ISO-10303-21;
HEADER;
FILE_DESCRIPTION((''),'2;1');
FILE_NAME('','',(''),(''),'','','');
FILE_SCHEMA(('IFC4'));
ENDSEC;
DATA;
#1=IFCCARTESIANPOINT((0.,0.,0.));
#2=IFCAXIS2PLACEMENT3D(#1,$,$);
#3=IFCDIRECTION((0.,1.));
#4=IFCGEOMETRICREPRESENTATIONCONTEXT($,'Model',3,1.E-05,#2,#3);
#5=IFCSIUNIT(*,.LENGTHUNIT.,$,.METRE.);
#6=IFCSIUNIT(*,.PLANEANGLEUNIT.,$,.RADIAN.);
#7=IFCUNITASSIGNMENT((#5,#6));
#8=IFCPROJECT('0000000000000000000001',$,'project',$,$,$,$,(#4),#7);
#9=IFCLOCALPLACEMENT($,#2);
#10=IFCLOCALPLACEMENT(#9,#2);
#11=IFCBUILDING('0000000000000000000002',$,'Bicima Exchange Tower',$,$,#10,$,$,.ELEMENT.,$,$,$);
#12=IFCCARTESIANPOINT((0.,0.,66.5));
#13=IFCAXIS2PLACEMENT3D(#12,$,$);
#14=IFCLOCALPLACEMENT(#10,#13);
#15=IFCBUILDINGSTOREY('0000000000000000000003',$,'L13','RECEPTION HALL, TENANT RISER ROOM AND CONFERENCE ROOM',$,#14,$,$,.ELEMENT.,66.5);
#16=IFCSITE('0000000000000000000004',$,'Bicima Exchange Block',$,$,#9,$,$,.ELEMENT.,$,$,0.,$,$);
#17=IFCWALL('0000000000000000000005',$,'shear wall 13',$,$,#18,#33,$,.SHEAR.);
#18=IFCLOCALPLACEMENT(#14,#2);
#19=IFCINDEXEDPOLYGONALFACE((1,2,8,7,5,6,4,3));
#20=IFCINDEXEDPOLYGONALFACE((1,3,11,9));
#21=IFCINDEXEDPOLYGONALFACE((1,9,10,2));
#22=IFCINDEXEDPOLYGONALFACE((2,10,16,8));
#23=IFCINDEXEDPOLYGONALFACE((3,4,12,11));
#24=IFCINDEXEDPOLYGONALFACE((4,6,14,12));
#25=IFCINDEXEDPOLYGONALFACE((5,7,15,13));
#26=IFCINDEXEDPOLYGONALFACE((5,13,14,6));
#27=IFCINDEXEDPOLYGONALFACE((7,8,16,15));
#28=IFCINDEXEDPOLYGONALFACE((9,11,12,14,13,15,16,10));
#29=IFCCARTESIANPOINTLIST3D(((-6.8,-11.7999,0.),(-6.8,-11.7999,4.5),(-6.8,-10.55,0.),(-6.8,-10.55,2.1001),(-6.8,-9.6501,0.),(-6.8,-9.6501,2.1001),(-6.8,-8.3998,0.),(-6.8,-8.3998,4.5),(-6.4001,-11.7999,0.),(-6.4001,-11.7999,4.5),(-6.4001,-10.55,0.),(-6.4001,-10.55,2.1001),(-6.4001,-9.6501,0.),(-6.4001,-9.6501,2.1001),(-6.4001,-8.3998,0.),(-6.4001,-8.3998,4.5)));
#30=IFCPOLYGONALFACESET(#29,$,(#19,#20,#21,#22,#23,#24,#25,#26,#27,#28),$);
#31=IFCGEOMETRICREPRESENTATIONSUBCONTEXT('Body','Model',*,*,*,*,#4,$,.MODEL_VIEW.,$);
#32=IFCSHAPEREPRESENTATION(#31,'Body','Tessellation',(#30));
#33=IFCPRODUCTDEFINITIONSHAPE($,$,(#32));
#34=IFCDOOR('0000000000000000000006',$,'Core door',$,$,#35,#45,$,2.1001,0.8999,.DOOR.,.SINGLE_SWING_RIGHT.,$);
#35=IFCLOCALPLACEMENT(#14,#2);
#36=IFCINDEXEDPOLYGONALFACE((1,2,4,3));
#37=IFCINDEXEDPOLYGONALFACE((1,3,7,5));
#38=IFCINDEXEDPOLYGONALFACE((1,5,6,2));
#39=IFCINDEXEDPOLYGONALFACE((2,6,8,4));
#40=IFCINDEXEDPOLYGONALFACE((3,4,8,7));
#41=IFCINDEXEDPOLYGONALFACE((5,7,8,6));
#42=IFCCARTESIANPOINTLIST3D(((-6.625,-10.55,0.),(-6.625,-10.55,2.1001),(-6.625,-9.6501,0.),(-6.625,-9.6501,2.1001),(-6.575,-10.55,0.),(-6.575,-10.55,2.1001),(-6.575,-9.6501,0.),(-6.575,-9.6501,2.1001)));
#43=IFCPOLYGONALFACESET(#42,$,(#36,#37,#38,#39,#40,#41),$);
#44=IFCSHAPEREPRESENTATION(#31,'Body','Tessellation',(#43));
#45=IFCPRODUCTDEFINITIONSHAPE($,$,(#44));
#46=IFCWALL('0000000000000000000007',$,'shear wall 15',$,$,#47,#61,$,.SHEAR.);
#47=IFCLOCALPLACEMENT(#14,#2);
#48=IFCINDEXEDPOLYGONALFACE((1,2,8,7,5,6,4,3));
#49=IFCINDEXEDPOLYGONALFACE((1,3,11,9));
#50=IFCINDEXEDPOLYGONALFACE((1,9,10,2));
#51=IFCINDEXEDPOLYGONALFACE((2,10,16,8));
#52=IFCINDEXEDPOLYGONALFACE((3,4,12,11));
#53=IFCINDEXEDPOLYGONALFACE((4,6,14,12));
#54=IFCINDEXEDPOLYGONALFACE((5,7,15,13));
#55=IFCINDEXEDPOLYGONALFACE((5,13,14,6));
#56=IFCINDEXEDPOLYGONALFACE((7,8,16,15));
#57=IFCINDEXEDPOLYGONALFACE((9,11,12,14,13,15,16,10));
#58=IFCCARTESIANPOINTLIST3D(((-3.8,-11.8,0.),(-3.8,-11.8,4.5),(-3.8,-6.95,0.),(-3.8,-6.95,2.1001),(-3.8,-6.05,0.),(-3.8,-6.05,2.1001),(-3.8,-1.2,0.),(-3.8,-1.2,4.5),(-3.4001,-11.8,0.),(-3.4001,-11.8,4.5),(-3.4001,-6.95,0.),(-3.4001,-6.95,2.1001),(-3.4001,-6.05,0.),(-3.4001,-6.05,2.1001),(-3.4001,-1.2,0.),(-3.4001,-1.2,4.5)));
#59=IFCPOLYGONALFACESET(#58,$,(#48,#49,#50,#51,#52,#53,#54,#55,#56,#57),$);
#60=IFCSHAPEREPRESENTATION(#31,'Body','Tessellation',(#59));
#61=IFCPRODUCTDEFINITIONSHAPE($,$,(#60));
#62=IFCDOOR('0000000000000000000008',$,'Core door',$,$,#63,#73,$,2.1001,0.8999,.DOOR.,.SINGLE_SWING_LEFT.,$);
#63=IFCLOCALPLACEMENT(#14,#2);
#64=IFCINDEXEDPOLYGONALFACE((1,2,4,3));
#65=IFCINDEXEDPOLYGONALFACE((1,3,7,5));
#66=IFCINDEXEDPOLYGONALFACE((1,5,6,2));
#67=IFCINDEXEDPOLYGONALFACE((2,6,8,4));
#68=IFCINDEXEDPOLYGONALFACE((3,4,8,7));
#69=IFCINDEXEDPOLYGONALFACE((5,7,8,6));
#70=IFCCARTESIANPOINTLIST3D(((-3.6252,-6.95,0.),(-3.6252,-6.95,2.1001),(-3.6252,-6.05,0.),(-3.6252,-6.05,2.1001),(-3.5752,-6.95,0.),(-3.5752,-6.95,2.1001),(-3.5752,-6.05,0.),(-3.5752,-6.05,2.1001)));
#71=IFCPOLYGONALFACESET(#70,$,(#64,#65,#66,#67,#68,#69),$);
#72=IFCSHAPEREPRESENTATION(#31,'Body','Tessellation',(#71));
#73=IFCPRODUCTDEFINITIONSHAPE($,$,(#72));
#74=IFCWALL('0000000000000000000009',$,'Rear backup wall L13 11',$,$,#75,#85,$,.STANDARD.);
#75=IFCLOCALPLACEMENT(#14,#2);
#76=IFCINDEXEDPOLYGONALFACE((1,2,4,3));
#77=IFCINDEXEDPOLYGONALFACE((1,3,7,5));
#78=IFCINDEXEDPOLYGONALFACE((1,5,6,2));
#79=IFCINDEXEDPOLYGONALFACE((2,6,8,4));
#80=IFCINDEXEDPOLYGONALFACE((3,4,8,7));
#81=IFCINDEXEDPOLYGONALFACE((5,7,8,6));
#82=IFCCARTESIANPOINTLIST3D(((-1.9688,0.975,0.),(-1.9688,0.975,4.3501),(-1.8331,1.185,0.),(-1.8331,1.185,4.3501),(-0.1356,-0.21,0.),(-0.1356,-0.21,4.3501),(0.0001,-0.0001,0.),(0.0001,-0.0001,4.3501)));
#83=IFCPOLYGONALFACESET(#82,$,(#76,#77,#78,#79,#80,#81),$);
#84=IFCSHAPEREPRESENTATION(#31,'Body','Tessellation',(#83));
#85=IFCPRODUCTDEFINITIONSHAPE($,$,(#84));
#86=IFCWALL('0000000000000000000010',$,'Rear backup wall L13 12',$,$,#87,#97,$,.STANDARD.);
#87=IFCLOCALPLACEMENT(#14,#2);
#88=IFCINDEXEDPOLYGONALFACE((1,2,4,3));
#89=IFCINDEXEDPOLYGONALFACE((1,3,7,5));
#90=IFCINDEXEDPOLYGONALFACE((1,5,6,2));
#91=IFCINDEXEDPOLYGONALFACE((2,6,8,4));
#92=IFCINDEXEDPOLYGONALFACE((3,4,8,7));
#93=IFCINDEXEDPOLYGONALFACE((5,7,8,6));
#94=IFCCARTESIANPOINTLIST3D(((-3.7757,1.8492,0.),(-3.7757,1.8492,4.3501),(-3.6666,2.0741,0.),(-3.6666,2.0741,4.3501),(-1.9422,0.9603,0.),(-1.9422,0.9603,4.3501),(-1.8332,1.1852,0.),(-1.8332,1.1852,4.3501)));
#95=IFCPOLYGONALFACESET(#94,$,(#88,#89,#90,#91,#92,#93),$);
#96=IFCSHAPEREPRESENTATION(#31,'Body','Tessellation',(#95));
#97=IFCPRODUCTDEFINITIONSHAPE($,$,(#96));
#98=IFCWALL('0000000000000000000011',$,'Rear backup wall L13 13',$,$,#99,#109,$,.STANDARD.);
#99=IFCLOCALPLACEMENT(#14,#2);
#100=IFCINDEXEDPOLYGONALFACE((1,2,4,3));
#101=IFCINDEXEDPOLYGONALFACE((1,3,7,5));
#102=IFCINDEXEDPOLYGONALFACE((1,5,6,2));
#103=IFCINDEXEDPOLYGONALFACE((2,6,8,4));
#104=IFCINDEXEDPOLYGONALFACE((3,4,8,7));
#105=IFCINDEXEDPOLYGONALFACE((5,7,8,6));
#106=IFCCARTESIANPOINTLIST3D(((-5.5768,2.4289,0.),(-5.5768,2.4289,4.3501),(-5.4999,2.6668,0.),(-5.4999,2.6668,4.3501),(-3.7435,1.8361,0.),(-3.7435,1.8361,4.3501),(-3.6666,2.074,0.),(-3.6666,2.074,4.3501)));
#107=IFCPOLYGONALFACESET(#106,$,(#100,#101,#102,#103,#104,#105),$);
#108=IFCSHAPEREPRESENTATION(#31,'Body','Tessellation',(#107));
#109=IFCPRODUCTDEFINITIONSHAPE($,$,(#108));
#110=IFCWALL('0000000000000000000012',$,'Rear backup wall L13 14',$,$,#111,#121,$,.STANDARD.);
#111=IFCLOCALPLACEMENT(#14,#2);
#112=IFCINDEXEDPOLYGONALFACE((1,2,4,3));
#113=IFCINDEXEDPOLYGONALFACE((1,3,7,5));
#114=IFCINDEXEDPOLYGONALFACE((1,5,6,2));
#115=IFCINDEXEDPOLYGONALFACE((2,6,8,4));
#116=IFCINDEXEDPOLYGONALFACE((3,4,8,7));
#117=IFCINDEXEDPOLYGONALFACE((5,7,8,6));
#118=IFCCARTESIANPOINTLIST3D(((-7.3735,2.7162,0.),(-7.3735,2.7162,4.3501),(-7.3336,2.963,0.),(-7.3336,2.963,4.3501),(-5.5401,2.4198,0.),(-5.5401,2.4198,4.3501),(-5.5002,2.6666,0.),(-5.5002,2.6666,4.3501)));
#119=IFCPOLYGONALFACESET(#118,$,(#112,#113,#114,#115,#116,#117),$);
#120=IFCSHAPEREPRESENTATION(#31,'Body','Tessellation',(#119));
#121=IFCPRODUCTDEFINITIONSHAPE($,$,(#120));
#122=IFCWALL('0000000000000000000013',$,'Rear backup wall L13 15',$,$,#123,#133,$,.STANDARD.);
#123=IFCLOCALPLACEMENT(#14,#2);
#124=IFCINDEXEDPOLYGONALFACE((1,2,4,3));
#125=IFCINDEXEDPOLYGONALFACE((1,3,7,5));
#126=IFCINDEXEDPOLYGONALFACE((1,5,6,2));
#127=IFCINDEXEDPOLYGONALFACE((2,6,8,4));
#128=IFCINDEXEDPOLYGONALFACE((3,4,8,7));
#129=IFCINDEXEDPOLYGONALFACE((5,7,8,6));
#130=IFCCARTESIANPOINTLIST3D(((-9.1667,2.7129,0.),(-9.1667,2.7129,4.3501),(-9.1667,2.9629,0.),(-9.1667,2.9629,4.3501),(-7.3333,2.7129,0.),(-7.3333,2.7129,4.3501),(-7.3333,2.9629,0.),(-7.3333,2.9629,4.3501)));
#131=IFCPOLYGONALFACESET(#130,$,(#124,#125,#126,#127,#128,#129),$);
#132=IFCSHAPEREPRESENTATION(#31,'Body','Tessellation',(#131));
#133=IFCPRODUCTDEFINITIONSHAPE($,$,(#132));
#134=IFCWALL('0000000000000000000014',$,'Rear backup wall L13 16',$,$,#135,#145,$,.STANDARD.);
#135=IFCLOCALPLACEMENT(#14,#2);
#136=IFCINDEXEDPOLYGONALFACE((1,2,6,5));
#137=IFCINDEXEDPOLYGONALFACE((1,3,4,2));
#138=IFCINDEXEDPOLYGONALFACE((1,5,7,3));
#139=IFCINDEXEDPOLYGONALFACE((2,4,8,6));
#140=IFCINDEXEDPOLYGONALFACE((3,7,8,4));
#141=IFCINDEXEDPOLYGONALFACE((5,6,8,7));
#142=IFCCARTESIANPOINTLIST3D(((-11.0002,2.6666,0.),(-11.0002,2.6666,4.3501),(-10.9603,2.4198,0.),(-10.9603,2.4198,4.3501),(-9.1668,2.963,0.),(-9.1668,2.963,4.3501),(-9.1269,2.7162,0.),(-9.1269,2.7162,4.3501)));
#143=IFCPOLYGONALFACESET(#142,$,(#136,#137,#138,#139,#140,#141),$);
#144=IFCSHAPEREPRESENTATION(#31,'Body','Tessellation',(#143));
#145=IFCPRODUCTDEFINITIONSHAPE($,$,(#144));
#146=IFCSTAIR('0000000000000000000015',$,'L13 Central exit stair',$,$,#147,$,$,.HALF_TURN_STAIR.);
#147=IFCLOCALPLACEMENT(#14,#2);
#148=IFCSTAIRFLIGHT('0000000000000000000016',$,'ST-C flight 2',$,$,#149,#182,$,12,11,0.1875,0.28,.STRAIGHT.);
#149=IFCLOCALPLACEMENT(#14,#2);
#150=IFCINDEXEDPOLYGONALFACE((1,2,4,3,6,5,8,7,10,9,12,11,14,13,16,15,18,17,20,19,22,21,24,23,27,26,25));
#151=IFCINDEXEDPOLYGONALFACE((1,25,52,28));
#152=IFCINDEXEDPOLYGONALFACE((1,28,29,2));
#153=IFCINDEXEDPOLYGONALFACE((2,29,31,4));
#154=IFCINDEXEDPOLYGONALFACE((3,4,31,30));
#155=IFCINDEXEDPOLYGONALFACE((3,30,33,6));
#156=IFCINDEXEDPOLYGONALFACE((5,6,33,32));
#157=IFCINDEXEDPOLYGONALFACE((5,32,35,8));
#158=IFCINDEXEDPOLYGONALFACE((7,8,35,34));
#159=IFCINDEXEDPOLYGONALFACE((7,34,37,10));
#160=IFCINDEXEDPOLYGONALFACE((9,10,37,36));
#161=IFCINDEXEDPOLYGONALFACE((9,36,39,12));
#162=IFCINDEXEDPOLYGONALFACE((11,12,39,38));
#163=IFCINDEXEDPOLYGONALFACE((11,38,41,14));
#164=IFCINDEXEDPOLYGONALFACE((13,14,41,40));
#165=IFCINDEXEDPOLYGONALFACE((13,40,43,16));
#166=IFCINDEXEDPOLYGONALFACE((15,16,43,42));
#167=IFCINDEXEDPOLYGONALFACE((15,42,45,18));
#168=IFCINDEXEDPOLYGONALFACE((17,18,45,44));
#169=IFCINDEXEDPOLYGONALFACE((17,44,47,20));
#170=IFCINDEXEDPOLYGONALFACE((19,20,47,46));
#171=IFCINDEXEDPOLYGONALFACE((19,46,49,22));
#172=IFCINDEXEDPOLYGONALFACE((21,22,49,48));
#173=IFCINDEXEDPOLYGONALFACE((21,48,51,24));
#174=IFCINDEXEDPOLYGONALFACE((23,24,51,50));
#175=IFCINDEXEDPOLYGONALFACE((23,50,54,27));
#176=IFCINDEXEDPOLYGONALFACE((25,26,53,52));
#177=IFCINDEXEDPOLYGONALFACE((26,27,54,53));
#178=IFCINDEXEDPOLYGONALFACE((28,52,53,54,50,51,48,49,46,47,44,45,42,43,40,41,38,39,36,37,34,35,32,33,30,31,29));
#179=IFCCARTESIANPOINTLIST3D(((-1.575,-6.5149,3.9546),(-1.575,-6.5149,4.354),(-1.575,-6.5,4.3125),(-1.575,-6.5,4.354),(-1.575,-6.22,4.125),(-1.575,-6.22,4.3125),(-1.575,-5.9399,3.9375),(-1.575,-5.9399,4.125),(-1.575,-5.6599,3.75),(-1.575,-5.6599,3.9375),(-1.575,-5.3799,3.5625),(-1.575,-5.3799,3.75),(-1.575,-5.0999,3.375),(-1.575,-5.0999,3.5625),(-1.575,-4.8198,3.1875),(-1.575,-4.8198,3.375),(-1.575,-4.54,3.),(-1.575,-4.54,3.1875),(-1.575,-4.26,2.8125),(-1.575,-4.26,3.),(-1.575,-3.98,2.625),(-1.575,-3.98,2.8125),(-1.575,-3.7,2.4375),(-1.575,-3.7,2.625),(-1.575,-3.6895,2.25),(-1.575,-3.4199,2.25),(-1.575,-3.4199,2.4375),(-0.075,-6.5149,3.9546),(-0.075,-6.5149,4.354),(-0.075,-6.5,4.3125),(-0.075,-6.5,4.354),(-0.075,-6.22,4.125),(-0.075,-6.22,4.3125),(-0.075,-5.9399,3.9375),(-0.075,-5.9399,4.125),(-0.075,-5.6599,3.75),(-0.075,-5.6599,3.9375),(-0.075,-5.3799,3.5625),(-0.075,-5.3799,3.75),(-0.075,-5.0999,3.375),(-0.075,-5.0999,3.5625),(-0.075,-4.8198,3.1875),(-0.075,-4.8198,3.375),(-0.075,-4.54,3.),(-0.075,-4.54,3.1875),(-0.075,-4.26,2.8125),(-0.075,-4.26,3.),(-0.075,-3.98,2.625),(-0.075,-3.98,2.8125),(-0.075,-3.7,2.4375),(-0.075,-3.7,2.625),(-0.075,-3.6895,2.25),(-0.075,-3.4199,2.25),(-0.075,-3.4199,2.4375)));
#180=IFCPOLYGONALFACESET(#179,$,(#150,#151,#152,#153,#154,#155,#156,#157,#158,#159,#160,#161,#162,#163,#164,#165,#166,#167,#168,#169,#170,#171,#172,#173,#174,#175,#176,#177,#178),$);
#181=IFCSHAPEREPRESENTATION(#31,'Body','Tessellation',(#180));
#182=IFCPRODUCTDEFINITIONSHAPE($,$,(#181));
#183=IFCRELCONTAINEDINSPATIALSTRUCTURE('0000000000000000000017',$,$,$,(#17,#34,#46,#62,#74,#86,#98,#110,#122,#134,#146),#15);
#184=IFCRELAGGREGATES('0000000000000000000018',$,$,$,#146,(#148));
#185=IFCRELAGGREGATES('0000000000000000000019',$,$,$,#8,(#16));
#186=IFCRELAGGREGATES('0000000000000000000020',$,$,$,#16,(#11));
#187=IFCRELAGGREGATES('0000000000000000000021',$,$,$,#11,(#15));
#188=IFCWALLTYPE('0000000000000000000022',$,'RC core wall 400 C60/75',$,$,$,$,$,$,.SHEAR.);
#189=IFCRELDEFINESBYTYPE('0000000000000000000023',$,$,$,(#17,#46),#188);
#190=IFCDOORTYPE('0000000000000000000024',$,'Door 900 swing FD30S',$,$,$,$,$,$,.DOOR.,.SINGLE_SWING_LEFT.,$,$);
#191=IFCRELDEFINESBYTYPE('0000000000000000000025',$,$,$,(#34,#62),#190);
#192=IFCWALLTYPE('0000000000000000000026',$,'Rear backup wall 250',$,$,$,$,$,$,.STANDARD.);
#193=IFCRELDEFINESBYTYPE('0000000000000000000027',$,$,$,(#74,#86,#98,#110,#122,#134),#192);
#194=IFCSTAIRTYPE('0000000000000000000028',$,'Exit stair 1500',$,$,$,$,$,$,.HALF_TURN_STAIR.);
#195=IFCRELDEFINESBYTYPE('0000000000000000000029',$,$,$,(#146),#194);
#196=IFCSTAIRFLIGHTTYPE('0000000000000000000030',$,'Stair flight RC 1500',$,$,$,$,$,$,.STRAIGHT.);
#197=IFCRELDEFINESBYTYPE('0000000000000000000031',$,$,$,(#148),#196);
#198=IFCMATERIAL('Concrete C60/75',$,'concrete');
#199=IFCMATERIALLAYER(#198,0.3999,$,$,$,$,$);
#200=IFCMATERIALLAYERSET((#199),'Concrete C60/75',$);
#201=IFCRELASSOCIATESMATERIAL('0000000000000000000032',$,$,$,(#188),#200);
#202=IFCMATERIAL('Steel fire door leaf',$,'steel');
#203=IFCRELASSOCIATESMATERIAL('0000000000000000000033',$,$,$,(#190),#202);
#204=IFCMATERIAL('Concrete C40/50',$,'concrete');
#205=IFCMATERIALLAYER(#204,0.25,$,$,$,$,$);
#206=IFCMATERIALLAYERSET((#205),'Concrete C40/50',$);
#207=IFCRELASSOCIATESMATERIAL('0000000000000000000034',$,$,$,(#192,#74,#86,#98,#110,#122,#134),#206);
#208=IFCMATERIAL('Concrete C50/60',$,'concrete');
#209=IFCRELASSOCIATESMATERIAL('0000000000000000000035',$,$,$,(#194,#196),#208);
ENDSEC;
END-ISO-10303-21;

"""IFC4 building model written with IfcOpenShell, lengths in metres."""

from ifc_helpers import new_model, si_unit, direction, frame, frame_2d, origin, place, context, subcontext, project, spatial, polyline, rectangle, outline, extrude, material, layer, layer_set, layer_usage, type_object, element, fill, aggregate, save


model = new_model("IFC4")

# Units and contexts
model_context = context("Model", 3, precision=1e-05, world=origin(), true_north=direction((0.0, 1.0)))
body_context = subcontext(model_context, "Body", "Model", "MODEL_VIEW")
ifc_project = project(units=[si_unit("LENGTHUNIT", "METRE"), si_unit("PLANEANGLEUNIT", "RADIAN")], contexts=[model_context])

# Site, building, storey
site_placement = place(None, origin())
site = spatial("IfcSite", under=ifc_project, at=site_placement, Name="Bicima Exchange Block", CompositionType="ELEMENT", RefElevation=0.0)
building_placement = place(site_placement, origin())
building = spatial("IfcBuilding", under=site, at=building_placement, Name="Bicima Exchange Tower", CompositionType="ELEMENT")
storey_placement = place(building_placement, frame((0.0, 0.0, 66.5)))
storey = spatial("IfcBuildingStorey", under=building, at=storey_placement, Name="L13", Description="RECEPTION HALL, TENANT RISER ROOM AND CONFERENCE ROOM", CompositionType="ELEMENT", Elevation=66.5)

# Shared definitions
ifc_material_1 = material(Name="Concrete C50/60", Category="concrete")
ifc_material_2 = material(Name="Steel fire door leaf", Category="steel")

# Walls, openings, doors
ifc_material_3 = material(Name="Concrete C60/75", Category="concrete")
ifc_layer_1 = layer(ifc_material_3, 0.3999)
ifc_layer_set_1 = layer_set([ifc_layer_1], Name="Concrete C60/75")
wall_type_1 = type_object("IfcWallType", Name="RC core wall 400 C60/75", PredefinedType="SHEAR", material=ifc_layer_set_1)
wall_1_placement = place(storey_placement, frame((-6.6001, -11.8, 0.0), z_axis=(0.0, 0.0, 1.0), x_axis=(0.0, 1.0, 0.0)))
wall_1 = element("IfcWall", 1, at=wall_1_placement, inside=storey, type_object=wall_type_1, Name="shear wall 13", PredefinedType="SHEAR", context=body_context, shape_type="SweptSolid", body=[
    extrude(rectangle(XDim=3.4001, YDim=0.3999, at=frame_2d((1.7002, 0.0))), origin(), (0.0, 0.0, 1.0), 4.5),
])
opening_1_placement = place(wall_1_placement, frame((1.25, 0.0, 0.0)))
opening_1 = element("IfcOpeningElement", 2, at=opening_1_placement, cuts=wall_1, PredefinedType="OPENING", context=body_context, shape_type="SweptSolid", body=[
    extrude(rectangle(XDim=0.8999, YDim=2.1001, at=frame_2d((0.45, 1.05))), frame((0.0, 0.2119, 0.0), z_axis=(0.0, -1.0, 0.0), x_axis=(1.0, 0.0, 0.0)), (0.0, 0.0, 1.0), 0.4238),
])
door_type_1 = type_object("IfcDoorType", Name="Door 900 swing FD30S", OperationType="SINGLE_SWING_LEFT", PredefinedType="DOOR", material=ifc_material_2)
door_1_placement = place(opening_1_placement, origin())
door_1 = element("IfcDoor", 3, at=door_1_placement, inside=storey, type_object=door_type_1, Name="Core door", OperationType="SINGLE_SWING_RIGHT", OverallHeight=2.1001, OverallWidth=0.8999, PredefinedType="DOOR", context=body_context, shape_type="SweptSolid", body=[
    extrude(rectangle(XDim=0.8999, YDim=2.1001, at=frame_2d((0.45, 1.05))), frame((0.0, 0.0249, 0.0), z_axis=(0.0, -1.0, 0.0), x_axis=(1.0, 0.0, 0.0)), (0.0, 0.0, 1.0), 0.05),
])
fill(opening_1, door_1)
wall_2_placement = place(storey_placement, frame((-3.6001, -11.8, 0.0), z_axis=(0.0, 0.0, 1.0), x_axis=(0.0, 1.0, 0.0)))
wall_2 = element("IfcWall", 4, at=wall_2_placement, inside=storey, type_object=wall_type_1, Name="shear wall 15", PredefinedType="SHEAR", context=body_context, shape_type="SweptSolid", body=[
    extrude(rectangle(XDim=10.6001, YDim=0.3999, at=frame_2d((5.3, 0.0))), origin(), (0.0, 0.0, 1.0), 4.5),
])
opening_2_placement = place(wall_2_placement, frame((4.8501, 0.0, 0.0)))
opening_2 = element("IfcOpeningElement", 5, at=opening_2_placement, cuts=wall_2, PredefinedType="OPENING", context=body_context, shape_type="SweptSolid", body=[
    extrude(rectangle(XDim=0.8999, YDim=2.1001, at=frame_2d((0.45, 1.05))), frame((0.0, 0.2119, 0.0), z_axis=(0.0, -1.0, 0.0), x_axis=(1.0, 0.0, 0.0)), (0.0, 0.0, 1.0), 0.4238),
])
door_2_placement = place(opening_2_placement, frame((0.8999, 0.0, 0.0), z_axis=(0.0, 0.0, 1.0), x_axis=(-1.0, 0.0, 0.0)))
door_2 = element("IfcDoor", 6, at=door_2_placement, inside=storey, type_object=door_type_1, Name="Core door", OperationType="SINGLE_SWING_LEFT", OverallHeight=2.1001, OverallWidth=0.8999, PredefinedType="DOOR", context=body_context, shape_type="SweptSolid", body=[
    extrude(rectangle(XDim=0.8999, YDim=2.1001, at=frame_2d((0.45, 1.05))), frame((0.0, 0.0249, 0.0), z_axis=(0.0, -1.0, 0.0), x_axis=(1.0, 0.0, 0.0)), (0.0, 0.0, 1.0), 0.05),
])
fill(opening_2, door_2)

# Walls
ifc_material_4 = material(Name="Concrete C40/50", Category="concrete")
ifc_layer_2 = layer(ifc_material_4, 0.25)
ifc_layer_set_2 = layer_set([ifc_layer_2], Name="Concrete C40/50")
ifc_layer_usage = layer_usage(ifc_layer_set_2, "AXIS2", "POSITIVE", -0.125)
wall_type_2 = type_object("IfcWallType", Name="Rear backup wall 250", PredefinedType="STANDARD", material=ifc_layer_set_2)
wall_3_placement = place(storey_placement, frame((-0.0679, -0.105, 0.0), z_axis=(0.0, 0.0, 1.0), x_axis=(-0.839813, 0.542876, 0.0)))
element("IfcWall", 7, at=wall_3_placement, inside=storey, type_object=wall_type_2, material=ifc_layer_usage, Name="Rear backup wall L13 11", PredefinedType="STANDARD", context=body_context, shape_type="SweptSolid", body=[
    extrude(rectangle(XDim=2.1829, YDim=0.25, at=frame_2d((1.0913, 0.0))), origin(), (0.0, 0.0, 1.0), 4.3501),
])
wall_4_placement = place(storey_placement, frame((-1.8877, 1.0728, 0.0), z_axis=(0.0, 0.0, 1.0), x_axis=(-0.899824, 0.436253, 0.0)))
element("IfcWall", 8, at=wall_4_placement, inside=storey, type_object=wall_type_2, material=ifc_layer_usage, Name="Rear backup wall L13 12", PredefinedType="STANDARD", context=body_context, shape_type="SweptSolid", body=[
    extrude(rectangle(XDim=2.0376, YDim=0.25, at=frame_2d((1.0188, 0.0))), origin(), (0.0, 0.0, 1.0), 4.3501),
])
wall_5_placement = place(storey_placement, frame((-3.7051, 1.9551, 0.0), z_axis=(0.0, 0.0, 1.0), x_axis=(-0.951496, 0.307662, 0.0)))
element("IfcWall", 9, at=wall_5_placement, inside=storey, type_object=wall_type_2, material=ifc_layer_usage, Name="Rear backup wall L13 13", PredefinedType="STANDARD", context=body_context, shape_type="SweptSolid", body=[
    extrude(rectangle(XDim=1.9268, YDim=0.25, at=frame_2d((0.9634, 0.0))), origin(), (0.0, 0.0, 1.0), 4.3501),
])
wall_6_placement = place(storey_placement, frame((-5.52, 2.5432, 0.0), z_axis=(0.0, 0.0, 1.0), x_axis=(-0.987182, 0.1596, 0.0)))
element("IfcWall", 10, at=wall_6_placement, inside=storey, type_object=wall_type_2, material=ifc_layer_usage, Name="Rear backup wall L13 14", PredefinedType="STANDARD", context=body_context, shape_type="SweptSolid", body=[
    extrude(rectangle(XDim=1.8572, YDim=0.25, at=frame_2d((0.9287, 0.0))), origin(), (0.0, 0.0, 1.0), 4.3501),
])
wall_7_placement = place(storey_placement, frame((-7.3333, 2.8379, 0.0), z_axis=(0.0, 0.0, 1.0), x_axis=(-1.0, 0.0, 0.0)))
element("IfcWall", 11, at=wall_7_placement, inside=storey, type_object=wall_type_2, material=ifc_layer_usage, Name="Rear backup wall L13 15", PredefinedType="STANDARD", context=body_context, shape_type="SweptSolid", body=[
    extrude(rectangle(XDim=1.8335, YDim=0.25, at=frame_2d((0.9167, 0.0))), origin(), (0.0, 0.0, 1.0), 4.3501),
])
wall_8_placement = place(storey_placement, frame((-9.1467, 2.8396, 0.0), z_axis=(0.0, 0.0, 1.0), x_axis=(-0.987182, -0.1596, 0.0)))
element("IfcWall", 12, at=wall_8_placement, inside=storey, type_object=wall_type_2, material=ifc_layer_usage, Name="Rear backup wall L13 16", PredefinedType="STANDARD", context=body_context, shape_type="SweptSolid", body=[
    extrude(rectangle(XDim=1.8572, YDim=0.25, at=frame_2d((0.9287, 0.0))), origin(), (0.0, 0.0, 1.0), 4.3501),
])

# Stair, stair flight
stair_type = type_object("IfcStairType", Name="Exit stair 1500", PredefinedType="HALF_TURN_STAIR", material=ifc_material_1)
stair_placement = place(storey_placement, origin())
stair = element("IfcStair", 13, at=stair_placement, inside=storey, type_object=stair_type, Name="L13 Central exit stair", PredefinedType="HALF_TURN_STAIR")
stair_flight_type = type_object("IfcStairFlightType", Name="Stair flight RC 1500", PredefinedType="STRAIGHT", material=ifc_material_1)
stair_flight_placement = place(storey_placement, frame((-0.825, -3.4199, 2.25), z_axis=(0.0, 0.0, 1.0), x_axis=(0.0, -1.0, 0.0)))
stair_flight = element("IfcStairFlight", 14, at=stair_flight_placement, type_object=stair_flight_type, Name="ST-C flight 2", NumberOfRisers=12, NumberOfTreads=11, PredefinedType="STRAIGHT", RiserHeight=0.1875, TreadLength=0.28, context=body_context, shape_type="SweptSolid", body=[
    extrude(outline(polyline([(0.0, 0.0), (0.0, 0.1875), (0.28, 0.1875), (0.28, 0.375), (0.5601, 0.375), (0.5601, 0.5625), (0.8401, 0.5625), (0.8401, 0.75), (1.1201, 0.75), (1.1201, 0.9375), (1.3999, 0.9375), (1.3999, 1.125), (1.6799, 1.125), (1.6799, 1.3125), (1.96, 1.3125), (1.96, 1.5), (2.24, 1.5), (2.24, 1.6875), (2.52, 1.6875), (2.52, 1.875), (2.8, 1.875), (2.8, 2.0625), (3.0801, 2.0625), (3.0801, 2.104), (3.095, 2.104), (3.095, 1.7046), (0.2695, 0.0), (0.0, 0.0)])), frame((0.0, 0.75, 0.0), z_axis=(0.0, -1.0, 0.0), x_axis=(1.0, 0.0, 0.0)), (0.0, 0.0, 1.0), 1.5),
])
aggregate(stair, [stair_flight])

save(model, "model.ifc")
